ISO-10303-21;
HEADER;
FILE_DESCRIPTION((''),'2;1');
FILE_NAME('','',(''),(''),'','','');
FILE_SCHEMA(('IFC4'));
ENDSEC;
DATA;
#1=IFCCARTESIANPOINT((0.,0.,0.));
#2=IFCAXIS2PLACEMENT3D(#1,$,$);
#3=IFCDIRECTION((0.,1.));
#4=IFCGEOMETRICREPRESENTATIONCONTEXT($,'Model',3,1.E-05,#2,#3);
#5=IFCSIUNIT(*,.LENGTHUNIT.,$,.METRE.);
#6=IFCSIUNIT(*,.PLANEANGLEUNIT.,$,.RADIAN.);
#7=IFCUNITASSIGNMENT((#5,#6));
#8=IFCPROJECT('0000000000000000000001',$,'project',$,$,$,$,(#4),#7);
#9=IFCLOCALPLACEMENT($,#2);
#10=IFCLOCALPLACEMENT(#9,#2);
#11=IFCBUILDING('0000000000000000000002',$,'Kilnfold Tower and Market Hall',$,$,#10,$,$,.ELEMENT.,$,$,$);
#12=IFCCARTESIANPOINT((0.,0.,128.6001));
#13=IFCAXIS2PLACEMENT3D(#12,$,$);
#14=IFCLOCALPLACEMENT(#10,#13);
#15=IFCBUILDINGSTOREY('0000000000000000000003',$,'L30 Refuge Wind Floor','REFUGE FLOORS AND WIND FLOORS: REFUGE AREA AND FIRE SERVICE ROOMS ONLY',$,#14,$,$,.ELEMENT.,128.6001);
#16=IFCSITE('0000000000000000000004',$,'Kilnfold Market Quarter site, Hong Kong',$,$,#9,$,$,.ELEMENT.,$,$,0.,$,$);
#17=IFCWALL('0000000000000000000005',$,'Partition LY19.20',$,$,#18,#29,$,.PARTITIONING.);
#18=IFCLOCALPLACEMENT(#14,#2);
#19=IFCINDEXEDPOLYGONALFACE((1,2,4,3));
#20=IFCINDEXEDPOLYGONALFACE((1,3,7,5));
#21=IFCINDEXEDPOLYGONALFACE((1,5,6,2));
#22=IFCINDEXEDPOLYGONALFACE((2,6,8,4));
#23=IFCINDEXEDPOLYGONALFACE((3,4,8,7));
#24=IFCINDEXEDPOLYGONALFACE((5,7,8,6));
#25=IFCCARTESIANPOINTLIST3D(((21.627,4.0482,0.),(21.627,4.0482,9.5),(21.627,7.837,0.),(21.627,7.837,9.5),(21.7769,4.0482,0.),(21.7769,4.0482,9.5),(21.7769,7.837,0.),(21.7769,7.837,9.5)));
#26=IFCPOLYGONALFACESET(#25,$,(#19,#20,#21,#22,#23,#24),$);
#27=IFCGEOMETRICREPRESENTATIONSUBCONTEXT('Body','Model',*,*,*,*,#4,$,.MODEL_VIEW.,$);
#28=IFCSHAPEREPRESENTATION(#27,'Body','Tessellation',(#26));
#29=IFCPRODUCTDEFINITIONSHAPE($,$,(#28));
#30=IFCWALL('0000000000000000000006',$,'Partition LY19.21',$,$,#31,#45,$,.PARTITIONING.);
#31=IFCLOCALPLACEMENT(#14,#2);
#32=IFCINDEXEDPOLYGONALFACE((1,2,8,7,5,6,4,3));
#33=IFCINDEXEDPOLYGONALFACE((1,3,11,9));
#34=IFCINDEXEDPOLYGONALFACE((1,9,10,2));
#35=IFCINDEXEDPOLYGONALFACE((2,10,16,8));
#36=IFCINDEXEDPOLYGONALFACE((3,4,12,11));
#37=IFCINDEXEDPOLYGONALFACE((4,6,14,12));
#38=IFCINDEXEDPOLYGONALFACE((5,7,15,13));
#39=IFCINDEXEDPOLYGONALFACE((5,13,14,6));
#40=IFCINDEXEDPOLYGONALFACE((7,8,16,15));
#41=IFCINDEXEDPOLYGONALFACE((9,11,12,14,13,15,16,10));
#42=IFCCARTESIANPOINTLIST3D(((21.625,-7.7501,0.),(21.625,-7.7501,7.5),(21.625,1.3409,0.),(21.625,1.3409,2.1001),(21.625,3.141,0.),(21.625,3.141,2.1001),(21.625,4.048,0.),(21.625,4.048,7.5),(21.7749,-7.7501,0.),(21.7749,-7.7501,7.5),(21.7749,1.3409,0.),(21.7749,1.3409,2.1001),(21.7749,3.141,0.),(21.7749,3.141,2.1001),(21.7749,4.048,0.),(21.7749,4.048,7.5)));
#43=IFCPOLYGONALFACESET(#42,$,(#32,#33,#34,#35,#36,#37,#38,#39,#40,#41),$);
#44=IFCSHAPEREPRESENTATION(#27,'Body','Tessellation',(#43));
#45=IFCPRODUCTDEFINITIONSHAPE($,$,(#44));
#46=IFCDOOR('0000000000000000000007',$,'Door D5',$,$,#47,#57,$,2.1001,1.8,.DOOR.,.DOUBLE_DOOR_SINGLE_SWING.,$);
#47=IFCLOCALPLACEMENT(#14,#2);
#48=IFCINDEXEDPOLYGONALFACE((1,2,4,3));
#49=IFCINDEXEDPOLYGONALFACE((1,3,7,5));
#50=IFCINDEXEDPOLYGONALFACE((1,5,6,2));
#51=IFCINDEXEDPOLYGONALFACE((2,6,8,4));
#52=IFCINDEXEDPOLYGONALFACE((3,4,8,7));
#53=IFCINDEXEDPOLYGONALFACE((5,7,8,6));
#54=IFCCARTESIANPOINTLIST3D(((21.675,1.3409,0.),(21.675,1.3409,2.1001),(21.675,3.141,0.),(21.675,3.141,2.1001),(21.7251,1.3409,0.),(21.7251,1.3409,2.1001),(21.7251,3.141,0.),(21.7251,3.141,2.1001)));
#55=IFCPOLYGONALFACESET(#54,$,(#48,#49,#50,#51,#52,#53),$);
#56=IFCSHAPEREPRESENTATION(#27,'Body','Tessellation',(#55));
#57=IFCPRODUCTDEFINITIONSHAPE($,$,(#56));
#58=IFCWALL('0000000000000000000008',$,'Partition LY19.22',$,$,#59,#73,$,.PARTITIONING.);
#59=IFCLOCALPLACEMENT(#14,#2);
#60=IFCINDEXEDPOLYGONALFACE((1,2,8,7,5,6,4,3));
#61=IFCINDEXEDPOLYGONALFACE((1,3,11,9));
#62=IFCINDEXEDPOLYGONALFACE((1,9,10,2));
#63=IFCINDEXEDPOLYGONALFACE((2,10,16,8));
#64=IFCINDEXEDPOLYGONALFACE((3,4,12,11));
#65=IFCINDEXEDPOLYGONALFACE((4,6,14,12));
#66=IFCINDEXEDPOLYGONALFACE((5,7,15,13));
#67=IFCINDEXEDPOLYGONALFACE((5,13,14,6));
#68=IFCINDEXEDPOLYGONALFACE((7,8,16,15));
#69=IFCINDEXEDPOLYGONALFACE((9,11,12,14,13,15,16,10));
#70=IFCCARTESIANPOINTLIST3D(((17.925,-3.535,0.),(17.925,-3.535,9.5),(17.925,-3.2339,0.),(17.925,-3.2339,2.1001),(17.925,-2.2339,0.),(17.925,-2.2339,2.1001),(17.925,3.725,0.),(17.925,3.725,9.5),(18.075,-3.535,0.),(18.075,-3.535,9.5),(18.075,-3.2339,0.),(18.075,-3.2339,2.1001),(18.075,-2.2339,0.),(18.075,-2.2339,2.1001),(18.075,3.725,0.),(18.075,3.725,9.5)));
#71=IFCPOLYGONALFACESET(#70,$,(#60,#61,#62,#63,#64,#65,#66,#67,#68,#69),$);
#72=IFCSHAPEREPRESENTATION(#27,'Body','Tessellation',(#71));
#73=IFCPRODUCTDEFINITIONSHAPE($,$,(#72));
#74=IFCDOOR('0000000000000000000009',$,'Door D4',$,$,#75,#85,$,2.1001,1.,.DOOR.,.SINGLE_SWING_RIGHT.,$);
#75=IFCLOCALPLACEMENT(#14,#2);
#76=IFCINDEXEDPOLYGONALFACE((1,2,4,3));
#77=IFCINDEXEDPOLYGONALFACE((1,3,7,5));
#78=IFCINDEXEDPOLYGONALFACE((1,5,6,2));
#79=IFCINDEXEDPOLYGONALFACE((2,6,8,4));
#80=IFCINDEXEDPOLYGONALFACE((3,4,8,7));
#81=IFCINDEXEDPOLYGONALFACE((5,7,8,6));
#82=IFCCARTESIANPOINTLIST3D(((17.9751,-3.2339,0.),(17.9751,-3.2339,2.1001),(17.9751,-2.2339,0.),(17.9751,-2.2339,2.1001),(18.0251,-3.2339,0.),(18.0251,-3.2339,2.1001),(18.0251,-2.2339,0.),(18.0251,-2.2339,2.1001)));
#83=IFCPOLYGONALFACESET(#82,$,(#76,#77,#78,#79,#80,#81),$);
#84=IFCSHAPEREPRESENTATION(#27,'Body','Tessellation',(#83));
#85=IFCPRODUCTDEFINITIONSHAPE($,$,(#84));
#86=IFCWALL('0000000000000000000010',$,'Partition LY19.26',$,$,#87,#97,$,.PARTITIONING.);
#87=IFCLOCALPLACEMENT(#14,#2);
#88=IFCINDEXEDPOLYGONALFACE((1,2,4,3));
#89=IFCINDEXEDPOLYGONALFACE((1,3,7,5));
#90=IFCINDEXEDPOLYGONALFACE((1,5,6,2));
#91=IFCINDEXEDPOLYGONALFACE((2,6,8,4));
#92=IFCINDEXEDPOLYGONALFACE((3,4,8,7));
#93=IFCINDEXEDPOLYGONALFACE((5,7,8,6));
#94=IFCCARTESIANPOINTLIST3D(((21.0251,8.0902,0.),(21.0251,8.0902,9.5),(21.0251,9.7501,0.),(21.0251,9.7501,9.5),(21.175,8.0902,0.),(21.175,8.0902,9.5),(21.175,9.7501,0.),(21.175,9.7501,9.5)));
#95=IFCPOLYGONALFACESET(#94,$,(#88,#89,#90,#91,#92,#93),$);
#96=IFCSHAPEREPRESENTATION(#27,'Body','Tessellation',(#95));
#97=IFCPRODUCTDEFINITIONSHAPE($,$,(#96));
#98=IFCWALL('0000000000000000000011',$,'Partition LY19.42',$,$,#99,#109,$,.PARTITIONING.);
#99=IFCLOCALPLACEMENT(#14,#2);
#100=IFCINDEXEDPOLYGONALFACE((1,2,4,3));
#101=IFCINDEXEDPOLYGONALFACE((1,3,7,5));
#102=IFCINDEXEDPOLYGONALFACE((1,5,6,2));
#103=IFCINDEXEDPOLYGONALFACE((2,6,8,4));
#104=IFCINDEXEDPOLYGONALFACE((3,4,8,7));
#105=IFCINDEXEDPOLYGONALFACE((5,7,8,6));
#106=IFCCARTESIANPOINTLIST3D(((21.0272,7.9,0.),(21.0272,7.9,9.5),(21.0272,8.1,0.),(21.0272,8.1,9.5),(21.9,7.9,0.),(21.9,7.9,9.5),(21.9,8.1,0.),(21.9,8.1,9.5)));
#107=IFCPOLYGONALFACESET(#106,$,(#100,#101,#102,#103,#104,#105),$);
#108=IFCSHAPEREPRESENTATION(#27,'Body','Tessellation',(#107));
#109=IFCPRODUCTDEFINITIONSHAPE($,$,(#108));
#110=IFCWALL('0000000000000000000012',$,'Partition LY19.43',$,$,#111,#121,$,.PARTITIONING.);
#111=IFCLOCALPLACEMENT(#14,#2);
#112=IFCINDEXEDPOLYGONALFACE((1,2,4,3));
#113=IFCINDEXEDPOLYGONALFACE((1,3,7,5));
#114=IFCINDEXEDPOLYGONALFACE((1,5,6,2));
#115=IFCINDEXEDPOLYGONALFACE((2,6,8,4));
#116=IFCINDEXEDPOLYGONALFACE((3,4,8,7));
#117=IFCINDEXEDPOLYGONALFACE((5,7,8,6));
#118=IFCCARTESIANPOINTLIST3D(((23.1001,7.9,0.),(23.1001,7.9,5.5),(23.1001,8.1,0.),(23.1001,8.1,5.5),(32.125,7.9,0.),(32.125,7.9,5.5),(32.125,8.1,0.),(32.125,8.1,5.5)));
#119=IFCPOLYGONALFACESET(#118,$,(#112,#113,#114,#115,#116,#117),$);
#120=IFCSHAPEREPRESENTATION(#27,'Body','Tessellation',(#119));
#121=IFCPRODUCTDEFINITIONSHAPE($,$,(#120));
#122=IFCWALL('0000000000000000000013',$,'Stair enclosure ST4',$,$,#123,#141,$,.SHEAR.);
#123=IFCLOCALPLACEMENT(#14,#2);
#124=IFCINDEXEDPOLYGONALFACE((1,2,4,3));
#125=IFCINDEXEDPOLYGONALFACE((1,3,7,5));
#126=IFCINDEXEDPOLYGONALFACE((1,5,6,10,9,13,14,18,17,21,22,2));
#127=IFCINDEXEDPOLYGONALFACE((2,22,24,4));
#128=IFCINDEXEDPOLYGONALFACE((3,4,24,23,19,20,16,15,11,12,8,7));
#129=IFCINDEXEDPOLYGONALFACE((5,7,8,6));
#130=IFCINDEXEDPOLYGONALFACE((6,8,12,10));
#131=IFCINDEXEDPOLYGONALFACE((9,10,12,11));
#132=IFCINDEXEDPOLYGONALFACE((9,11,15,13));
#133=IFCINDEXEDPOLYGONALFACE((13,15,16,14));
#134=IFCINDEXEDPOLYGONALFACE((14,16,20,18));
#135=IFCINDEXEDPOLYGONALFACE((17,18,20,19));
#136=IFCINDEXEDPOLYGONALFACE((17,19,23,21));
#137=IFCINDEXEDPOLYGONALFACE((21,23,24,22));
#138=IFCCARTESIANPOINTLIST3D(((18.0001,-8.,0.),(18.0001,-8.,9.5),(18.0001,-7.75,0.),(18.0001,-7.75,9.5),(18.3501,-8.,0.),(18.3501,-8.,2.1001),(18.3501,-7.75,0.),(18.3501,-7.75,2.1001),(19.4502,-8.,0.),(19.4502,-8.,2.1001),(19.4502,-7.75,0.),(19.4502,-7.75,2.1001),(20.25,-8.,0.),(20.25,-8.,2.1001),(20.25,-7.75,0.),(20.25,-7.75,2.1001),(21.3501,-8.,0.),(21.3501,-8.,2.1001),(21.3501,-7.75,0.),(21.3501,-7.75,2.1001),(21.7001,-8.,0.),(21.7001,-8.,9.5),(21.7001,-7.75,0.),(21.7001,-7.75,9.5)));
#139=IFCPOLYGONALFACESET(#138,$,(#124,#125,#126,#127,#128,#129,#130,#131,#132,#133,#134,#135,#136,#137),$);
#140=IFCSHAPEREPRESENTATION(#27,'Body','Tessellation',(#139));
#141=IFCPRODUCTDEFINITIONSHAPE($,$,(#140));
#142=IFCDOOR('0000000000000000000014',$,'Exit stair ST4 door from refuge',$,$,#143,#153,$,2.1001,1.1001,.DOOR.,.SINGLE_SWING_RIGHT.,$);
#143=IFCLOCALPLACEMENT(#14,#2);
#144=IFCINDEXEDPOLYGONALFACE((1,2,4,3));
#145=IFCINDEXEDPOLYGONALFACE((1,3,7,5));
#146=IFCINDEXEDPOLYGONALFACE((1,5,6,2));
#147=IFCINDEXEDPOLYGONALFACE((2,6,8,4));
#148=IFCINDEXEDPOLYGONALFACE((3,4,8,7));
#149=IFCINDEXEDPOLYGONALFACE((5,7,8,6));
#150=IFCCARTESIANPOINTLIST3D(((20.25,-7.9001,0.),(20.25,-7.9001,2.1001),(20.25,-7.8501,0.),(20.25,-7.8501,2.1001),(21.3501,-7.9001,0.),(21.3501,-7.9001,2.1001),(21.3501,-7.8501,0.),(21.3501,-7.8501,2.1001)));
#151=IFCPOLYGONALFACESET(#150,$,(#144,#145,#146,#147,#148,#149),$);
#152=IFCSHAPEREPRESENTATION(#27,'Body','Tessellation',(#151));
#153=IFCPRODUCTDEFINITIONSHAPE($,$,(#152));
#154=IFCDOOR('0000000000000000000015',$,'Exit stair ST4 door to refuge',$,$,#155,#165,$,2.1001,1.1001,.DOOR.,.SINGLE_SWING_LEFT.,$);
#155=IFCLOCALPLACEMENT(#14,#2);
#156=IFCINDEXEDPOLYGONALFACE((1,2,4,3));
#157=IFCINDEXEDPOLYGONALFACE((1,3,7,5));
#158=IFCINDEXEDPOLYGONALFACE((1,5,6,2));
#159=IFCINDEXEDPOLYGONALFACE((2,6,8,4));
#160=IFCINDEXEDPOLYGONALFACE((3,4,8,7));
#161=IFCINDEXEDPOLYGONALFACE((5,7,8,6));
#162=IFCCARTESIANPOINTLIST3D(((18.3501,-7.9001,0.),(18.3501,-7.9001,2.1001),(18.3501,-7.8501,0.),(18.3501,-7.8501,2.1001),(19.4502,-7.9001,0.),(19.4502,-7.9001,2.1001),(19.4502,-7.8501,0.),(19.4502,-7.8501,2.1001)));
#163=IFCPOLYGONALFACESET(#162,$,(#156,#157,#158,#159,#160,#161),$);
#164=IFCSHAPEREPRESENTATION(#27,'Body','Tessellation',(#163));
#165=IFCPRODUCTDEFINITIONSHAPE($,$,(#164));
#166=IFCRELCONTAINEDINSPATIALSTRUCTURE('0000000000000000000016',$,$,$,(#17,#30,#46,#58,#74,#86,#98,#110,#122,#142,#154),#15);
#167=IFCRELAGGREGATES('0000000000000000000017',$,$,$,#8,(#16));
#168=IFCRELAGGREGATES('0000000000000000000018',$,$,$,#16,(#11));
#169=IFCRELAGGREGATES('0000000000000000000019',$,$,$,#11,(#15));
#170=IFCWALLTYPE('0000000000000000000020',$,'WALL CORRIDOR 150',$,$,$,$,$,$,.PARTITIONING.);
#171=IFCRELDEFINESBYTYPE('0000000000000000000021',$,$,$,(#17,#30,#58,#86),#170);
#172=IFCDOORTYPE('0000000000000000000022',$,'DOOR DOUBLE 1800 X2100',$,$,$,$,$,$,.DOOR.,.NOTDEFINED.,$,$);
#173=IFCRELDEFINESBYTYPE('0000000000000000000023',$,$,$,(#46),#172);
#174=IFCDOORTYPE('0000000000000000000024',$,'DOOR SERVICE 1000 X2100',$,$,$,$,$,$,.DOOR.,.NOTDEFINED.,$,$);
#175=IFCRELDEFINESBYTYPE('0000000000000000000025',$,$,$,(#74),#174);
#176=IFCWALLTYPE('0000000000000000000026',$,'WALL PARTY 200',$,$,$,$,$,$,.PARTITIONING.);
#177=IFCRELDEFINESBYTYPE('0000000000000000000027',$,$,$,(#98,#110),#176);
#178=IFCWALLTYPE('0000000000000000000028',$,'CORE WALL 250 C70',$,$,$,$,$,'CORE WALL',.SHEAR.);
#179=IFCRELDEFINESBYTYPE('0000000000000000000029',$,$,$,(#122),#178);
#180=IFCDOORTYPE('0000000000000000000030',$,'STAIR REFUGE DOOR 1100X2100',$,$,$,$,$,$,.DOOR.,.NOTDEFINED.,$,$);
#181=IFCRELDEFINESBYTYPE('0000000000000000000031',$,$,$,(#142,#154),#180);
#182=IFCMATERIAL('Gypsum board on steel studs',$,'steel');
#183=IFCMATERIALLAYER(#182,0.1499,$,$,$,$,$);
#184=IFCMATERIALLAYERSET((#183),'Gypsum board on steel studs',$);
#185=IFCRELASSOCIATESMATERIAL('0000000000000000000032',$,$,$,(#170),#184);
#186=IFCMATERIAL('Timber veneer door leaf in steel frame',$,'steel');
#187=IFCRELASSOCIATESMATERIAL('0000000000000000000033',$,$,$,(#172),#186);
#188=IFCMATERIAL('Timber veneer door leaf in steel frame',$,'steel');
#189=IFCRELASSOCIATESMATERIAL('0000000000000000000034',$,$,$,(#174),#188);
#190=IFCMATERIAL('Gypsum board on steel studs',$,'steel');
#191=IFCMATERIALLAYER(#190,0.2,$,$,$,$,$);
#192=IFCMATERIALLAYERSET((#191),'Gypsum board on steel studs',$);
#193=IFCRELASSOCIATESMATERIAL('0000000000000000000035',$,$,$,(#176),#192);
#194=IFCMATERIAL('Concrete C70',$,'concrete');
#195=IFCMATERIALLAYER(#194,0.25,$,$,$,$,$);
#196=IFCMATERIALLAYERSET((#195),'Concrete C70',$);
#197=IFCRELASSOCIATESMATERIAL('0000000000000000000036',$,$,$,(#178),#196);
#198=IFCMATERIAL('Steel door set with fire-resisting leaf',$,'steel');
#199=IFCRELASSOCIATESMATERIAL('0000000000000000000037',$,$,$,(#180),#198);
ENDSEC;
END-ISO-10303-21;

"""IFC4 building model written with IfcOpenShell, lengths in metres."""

from ifc_helpers import new_model, si_unit, direction, frame, frame_2d, origin, place, context, subcontext, project, spatial, rectangle, extrude, source, transform, mapped, material, layer, layer_set, type_object, element, fill, save


model = new_model("IFC4")

# Units and contexts
model_context = context("Model", 3, precision=1e-05, world=origin(), true_north=direction((0.0, 1.0)))
body_context = subcontext(model_context, "Body", "Model", "MODEL_VIEW")
ifc_project = project(units=[si_unit("LENGTHUNIT", "METRE"), si_unit("PLANEANGLEUNIT", "RADIAN")], contexts=[model_context])

# Site, building, storey
site_placement = place(None, origin())
site = spatial("IfcSite", under=ifc_project, at=site_placement, Name="Kilnfold Market Quarter site, Hong Kong", CompositionType="ELEMENT", RefElevation=0.0)
building_placement = place(site_placement, origin())
building = spatial("IfcBuilding", under=site, at=building_placement, Name="Kilnfold Tower and Market Hall", CompositionType="ELEMENT")
storey_placement = place(building_placement, frame((0.0, 0.0, 128.6001)))
storey = spatial("IfcBuildingStorey", under=building, at=storey_placement, Name="L30 Refuge Wind Floor", Description="REFUGE FLOORS AND WIND FLOORS: REFUGE AREA AND FIRE SERVICE ROOMS ONLY", CompositionType="ELEMENT", Elevation=128.6001)

# Shared definitions
ifc_material_1 = material(Name="Gypsum board on steel studs", Category="steel")
ifc_layer_1 = layer(ifc_material_1, 0.1499)
ifc_layer_set_1 = layer_set([ifc_layer_1], Name="Gypsum board on steel studs")
wall_type_1 = type_object("IfcWallType", Name="WALL CORRIDOR 150", PredefinedType="PARTITIONING", material=ifc_layer_set_1)

# Wall
wall_1_placement = place(storey_placement, frame((21.7019, 4.0481, 0.0), z_axis=(0.0, 0.0, 1.0), x_axis=(0.0, 1.0, 0.0)))
element("IfcWall", 1, at=wall_1_placement, inside=storey, type_object=wall_type_1, Name="Partition LY19.20", PredefinedType="PARTITIONING", context=body_context, shape_type="SweptSolid", body=[
    extrude(rectangle(XDim=3.7888, YDim=0.1499, at=frame_2d((1.8945, 0.0))), origin(), (0.0, 0.0, 1.0), 9.5),
])

# Walls, openings, doors
wall_2_placement = place(storey_placement, frame((21.7, -7.75, 0.0), z_axis=(0.0, 0.0, 1.0), x_axis=(0.0, 1.0, 0.0)))
wall_2 = element("IfcWall", 2, at=wall_2_placement, inside=storey, type_object=wall_type_1, Name="Partition LY19.21", PredefinedType="PARTITIONING", context=body_context, shape_type="SweptSolid", body=[
    extrude(rectangle(XDim=11.7981, YDim=0.1499, at=frame_2d((5.8989, 0.0))), origin(), (0.0, 0.0, 1.0), 7.5),
])
opening_1_placement = place(wall_2_placement, frame((9.0911, 0.0, 0.0)))
opening_1 = element("IfcOpeningElement", 3, at=opening_1_placement, cuts=wall_2, PredefinedType="OPENING", context=body_context, shape_type="SweptSolid", body=[
    extrude(rectangle(XDim=1.8, YDim=2.1001, at=frame_2d((0.8999, 1.05))), frame((0.0, 0.085, 0.0), z_axis=(0.0, -1.0, 0.0), x_axis=(1.0, 0.0, 0.0)), (0.0, 0.0, 1.0), 0.1699),
])
ifc_material_2 = material(Name="Timber veneer door leaf in steel frame", Category="steel")
door_type_1 = type_object("IfcDoorType", Name="DOOR DOUBLE 1800 X2100", OperationType="NOTDEFINED", PredefinedType="DOOR", material=ifc_material_2)
door_1_placement = place(opening_1_placement, origin())
door_1 = element("IfcDoor", 4, at=door_1_placement, inside=storey, type_object=door_type_1, Name="Door D5", OperationType="DOUBLE_DOOR_SINGLE_SWING", OverallHeight=2.1001, OverallWidth=1.8, PredefinedType="DOOR", context=body_context, shape_type="SweptSolid", body=[
    extrude(rectangle(XDim=1.8, YDim=2.1001, at=frame_2d((0.8999, 1.05))), frame((0.0, 0.0249, 0.0), z_axis=(0.0, -1.0, 0.0), x_axis=(1.0, 0.0, 0.0)), (0.0, 0.0, 1.0), 0.05),
])
fill(opening_1, door_1)
wall_3_placement = place(storey_placement, frame((18.0, -3.5349, 0.0), z_axis=(0.0, 0.0, 1.0), x_axis=(0.0, 1.0, 0.0)))
wall_3 = element("IfcWall", 5, at=wall_3_placement, inside=storey, type_object=wall_type_1, Name="Partition LY19.22", PredefinedType="PARTITIONING", context=body_context, shape_type="SweptSolid", body=[
    extrude(rectangle(XDim=7.26, YDim=0.1499, at=frame_2d((3.6299, 0.0))), origin(), (0.0, 0.0, 1.0), 9.5),
])
opening_2_placement = place(wall_3_placement, frame((0.301, 0.0, 0.0)))
opening_2 = element("IfcOpeningElement", 6, at=opening_2_placement, cuts=wall_3, PredefinedType="OPENING", context=body_context, shape_type="SweptSolid", body=[
    extrude(rectangle(XDim=1.0, YDim=2.1001, at=frame_2d((0.5, 1.05))), frame((0.0, 0.085, 0.0), z_axis=(0.0, -1.0, 0.0), x_axis=(1.0, 0.0, 0.0)), (0.0, 0.0, 1.0), 0.1699),
])
ifc_material_3 = material(Name="Timber veneer door leaf in steel frame", Category="steel")
door_type_2 = type_object("IfcDoorType", Name="DOOR SERVICE 1000 X2100", OperationType="NOTDEFINED", PredefinedType="DOOR", material=ifc_material_3)
door_2_placement = place(opening_2_placement, origin())
door_2 = element("IfcDoor", 7, at=door_2_placement, inside=storey, type_object=door_type_2, Name="Door D4", OperationType="SINGLE_SWING_RIGHT", OverallHeight=2.1001, OverallWidth=1.0, PredefinedType="DOOR", context=body_context, shape_type="SweptSolid", body=[
    extrude(rectangle(XDim=1.0, YDim=2.1001, at=frame_2d((0.5, 1.05))), frame((0.0, 0.0249, 0.0), z_axis=(0.0, -1.0, 0.0), x_axis=(1.0, 0.0, 0.0)), (0.0, 0.0, 1.0), 0.05),
])
fill(opening_2, door_2)

# Walls
wall_4_placement = place(storey_placement, frame((21.1001, 8.0901, 0.0), z_axis=(0.0, 0.0, 1.0), x_axis=(0.0, 1.0, 0.0)))
element("IfcWall", 8, at=wall_4_placement, inside=storey, type_object=wall_type_1, Name="Partition LY19.26", PredefinedType="PARTITIONING", context=body_context, shape_type="SweptSolid", body=[
    extrude(rectangle(XDim=1.6599, YDim=0.1499, at=frame_2d((0.8301, 0.0))), origin(), (0.0, 0.0, 1.0), 9.5),
])
ifc_material_4 = material(Name="Gypsum board on steel studs", Category="steel")
ifc_layer_2 = layer(ifc_material_4, 0.2)
ifc_layer_set_2 = layer_set([ifc_layer_2], Name="Gypsum board on steel studs")
wall_type_2 = type_object("IfcWallType", Name="WALL PARTY 200", PredefinedType="PARTITIONING", material=ifc_layer_set_2)
wall_5_placement = place(storey_placement, frame((21.0271, 8.0, 0.0), z_axis=(0.0, 0.0, 1.0), x_axis=(1.0, 0.0, 0.0)))
element("IfcWall", 9, at=wall_5_placement, inside=storey, type_object=wall_type_2, Name="Partition LY19.42", PredefinedType="PARTITIONING", context=body_context, shape_type="SweptSolid", body=[
    extrude(rectangle(XDim=0.8728, YDim=0.2, at=frame_2d((0.4365, 0.0))), origin(), (0.0, 0.0, 1.0), 9.5),
])
wall_6_placement = place(storey_placement, frame((23.1001, 8.0, 0.0), z_axis=(0.0, 0.0, 1.0), x_axis=(1.0, 0.0, 0.0)))
element("IfcWall", 10, at=wall_6_placement, inside=storey, type_object=wall_type_2, Name="Partition LY19.43", PredefinedType="PARTITIONING", context=body_context, shape_type="SweptSolid", body=[
    extrude(rectangle(XDim=9.0249, YDim=0.2, at=frame_2d((4.5125, 0.0))), origin(), (0.0, 0.0, 1.0), 5.5),
])

# Wall, openings, doors
ifc_material_5 = material(Name="Concrete C70", Category="concrete")
ifc_layer_3 = layer(ifc_material_5, 0.25)
ifc_layer_set_3 = layer_set([ifc_layer_3], Name="Concrete C70")
wall_type_3 = type_object("IfcWallType", Name="CORE WALL 250 C70", ElementType="CORE WALL", PredefinedType="SHEAR", material=ifc_layer_set_3)
shared_shape_1 = source(origin(), body_context, "Body", "SweptSolid", [
    extrude(rectangle(XDim=3.7, YDim=0.25, at=frame_2d((1.8501, 0.0))), origin(), (0.0, 0.0, 1.0), 9.5),
])
wall_7_placement = place(storey_placement, frame((18.0, -7.875, 0.0), z_axis=(0.0, 0.0, 1.0), x_axis=(1.0, 0.0, 0.0)))
wall_7 = element("IfcWall", 11, at=wall_7_placement, inside=storey, type_object=wall_type_3, Name="Stair enclosure ST4", PredefinedType="SHEAR", context=body_context, shape_type="MappedRepresentation", body=[
    mapped(shared_shape_1, transform((0.0, 0.0, 0.0))),
])
opening_3_placement = place(wall_7_placement, frame((2.25, 0.0, 0.0)))
opening_3 = element("IfcOpeningElement", 12, at=opening_3_placement, cuts=wall_7, PredefinedType="OPENING", context=body_context, shape_type="SweptSolid", body=[
    extrude(rectangle(XDim=1.1001, YDim=2.1001, at=frame_2d((0.55, 1.05))), frame((0.0, 0.135, 0.0), z_axis=(0.0, -1.0, 0.0), x_axis=(1.0, 0.0, 0.0)), (0.0, 0.0, 1.0), 0.27),
])
opening_4_placement = place(wall_7_placement, frame((0.3501, 0.0, 0.0)))
opening_4 = element("IfcOpeningElement", 13, at=opening_4_placement, cuts=wall_7, PredefinedType="OPENING", context=body_context, shape_type="SweptSolid", body=[
    extrude(rectangle(XDim=1.1001, YDim=2.1001, at=frame_2d((0.55, 1.05))), frame((0.0, 0.135, 0.0), z_axis=(0.0, -1.0, 0.0), x_axis=(1.0, 0.0, 0.0)), (0.0, 0.0, 1.0), 0.27),
])
ifc_material_6 = material(Name="Steel door set with fire-resisting leaf", Category="steel")
door_type_3 = type_object("IfcDoorType", Name="STAIR REFUGE DOOR 1100X2100", OperationType="NOTDEFINED", PredefinedType="DOOR", material=ifc_material_6)
door_3_placement = place(opening_3_placement, origin())
door_3 = element("IfcDoor", 14, at=door_3_placement, inside=storey, type_object=door_type_3, Name="Exit stair ST4 door from refuge", OperationType="SINGLE_SWING_RIGHT", OverallHeight=2.1001, OverallWidth=1.1001, PredefinedType="DOOR", context=body_context, shape_type="SweptSolid", body=[
    extrude(rectangle(XDim=1.1001, YDim=2.1001, at=frame_2d((0.55, 1.05))), frame((0.0, 0.0249, 0.0), z_axis=(0.0, -1.0, 0.0), x_axis=(1.0, 0.0, 0.0)), (0.0, 0.0, 1.0), 0.05),
])
fill(opening_3, door_3)
door_4_placement = place(opening_4_placement, origin())
door_4 = element("IfcDoor", 15, at=door_4_placement, inside=storey, type_object=door_type_3, Name="Exit stair ST4 door to refuge", OperationType="SINGLE_SWING_LEFT", OverallHeight=2.1001, OverallWidth=1.1001, PredefinedType="DOOR", context=body_context, shape_type="SweptSolid", body=[
    extrude(rectangle(XDim=1.1001, YDim=2.1001, at=frame_2d((0.55, 1.05))), frame((0.0, 0.0249, 0.0), z_axis=(0.0, -1.0, 0.0), x_axis=(1.0, 0.0, 0.0)), (0.0, 0.0, 1.0), 0.05),
])
fill(opening_4, door_4)

save(model, "model.ifc")
